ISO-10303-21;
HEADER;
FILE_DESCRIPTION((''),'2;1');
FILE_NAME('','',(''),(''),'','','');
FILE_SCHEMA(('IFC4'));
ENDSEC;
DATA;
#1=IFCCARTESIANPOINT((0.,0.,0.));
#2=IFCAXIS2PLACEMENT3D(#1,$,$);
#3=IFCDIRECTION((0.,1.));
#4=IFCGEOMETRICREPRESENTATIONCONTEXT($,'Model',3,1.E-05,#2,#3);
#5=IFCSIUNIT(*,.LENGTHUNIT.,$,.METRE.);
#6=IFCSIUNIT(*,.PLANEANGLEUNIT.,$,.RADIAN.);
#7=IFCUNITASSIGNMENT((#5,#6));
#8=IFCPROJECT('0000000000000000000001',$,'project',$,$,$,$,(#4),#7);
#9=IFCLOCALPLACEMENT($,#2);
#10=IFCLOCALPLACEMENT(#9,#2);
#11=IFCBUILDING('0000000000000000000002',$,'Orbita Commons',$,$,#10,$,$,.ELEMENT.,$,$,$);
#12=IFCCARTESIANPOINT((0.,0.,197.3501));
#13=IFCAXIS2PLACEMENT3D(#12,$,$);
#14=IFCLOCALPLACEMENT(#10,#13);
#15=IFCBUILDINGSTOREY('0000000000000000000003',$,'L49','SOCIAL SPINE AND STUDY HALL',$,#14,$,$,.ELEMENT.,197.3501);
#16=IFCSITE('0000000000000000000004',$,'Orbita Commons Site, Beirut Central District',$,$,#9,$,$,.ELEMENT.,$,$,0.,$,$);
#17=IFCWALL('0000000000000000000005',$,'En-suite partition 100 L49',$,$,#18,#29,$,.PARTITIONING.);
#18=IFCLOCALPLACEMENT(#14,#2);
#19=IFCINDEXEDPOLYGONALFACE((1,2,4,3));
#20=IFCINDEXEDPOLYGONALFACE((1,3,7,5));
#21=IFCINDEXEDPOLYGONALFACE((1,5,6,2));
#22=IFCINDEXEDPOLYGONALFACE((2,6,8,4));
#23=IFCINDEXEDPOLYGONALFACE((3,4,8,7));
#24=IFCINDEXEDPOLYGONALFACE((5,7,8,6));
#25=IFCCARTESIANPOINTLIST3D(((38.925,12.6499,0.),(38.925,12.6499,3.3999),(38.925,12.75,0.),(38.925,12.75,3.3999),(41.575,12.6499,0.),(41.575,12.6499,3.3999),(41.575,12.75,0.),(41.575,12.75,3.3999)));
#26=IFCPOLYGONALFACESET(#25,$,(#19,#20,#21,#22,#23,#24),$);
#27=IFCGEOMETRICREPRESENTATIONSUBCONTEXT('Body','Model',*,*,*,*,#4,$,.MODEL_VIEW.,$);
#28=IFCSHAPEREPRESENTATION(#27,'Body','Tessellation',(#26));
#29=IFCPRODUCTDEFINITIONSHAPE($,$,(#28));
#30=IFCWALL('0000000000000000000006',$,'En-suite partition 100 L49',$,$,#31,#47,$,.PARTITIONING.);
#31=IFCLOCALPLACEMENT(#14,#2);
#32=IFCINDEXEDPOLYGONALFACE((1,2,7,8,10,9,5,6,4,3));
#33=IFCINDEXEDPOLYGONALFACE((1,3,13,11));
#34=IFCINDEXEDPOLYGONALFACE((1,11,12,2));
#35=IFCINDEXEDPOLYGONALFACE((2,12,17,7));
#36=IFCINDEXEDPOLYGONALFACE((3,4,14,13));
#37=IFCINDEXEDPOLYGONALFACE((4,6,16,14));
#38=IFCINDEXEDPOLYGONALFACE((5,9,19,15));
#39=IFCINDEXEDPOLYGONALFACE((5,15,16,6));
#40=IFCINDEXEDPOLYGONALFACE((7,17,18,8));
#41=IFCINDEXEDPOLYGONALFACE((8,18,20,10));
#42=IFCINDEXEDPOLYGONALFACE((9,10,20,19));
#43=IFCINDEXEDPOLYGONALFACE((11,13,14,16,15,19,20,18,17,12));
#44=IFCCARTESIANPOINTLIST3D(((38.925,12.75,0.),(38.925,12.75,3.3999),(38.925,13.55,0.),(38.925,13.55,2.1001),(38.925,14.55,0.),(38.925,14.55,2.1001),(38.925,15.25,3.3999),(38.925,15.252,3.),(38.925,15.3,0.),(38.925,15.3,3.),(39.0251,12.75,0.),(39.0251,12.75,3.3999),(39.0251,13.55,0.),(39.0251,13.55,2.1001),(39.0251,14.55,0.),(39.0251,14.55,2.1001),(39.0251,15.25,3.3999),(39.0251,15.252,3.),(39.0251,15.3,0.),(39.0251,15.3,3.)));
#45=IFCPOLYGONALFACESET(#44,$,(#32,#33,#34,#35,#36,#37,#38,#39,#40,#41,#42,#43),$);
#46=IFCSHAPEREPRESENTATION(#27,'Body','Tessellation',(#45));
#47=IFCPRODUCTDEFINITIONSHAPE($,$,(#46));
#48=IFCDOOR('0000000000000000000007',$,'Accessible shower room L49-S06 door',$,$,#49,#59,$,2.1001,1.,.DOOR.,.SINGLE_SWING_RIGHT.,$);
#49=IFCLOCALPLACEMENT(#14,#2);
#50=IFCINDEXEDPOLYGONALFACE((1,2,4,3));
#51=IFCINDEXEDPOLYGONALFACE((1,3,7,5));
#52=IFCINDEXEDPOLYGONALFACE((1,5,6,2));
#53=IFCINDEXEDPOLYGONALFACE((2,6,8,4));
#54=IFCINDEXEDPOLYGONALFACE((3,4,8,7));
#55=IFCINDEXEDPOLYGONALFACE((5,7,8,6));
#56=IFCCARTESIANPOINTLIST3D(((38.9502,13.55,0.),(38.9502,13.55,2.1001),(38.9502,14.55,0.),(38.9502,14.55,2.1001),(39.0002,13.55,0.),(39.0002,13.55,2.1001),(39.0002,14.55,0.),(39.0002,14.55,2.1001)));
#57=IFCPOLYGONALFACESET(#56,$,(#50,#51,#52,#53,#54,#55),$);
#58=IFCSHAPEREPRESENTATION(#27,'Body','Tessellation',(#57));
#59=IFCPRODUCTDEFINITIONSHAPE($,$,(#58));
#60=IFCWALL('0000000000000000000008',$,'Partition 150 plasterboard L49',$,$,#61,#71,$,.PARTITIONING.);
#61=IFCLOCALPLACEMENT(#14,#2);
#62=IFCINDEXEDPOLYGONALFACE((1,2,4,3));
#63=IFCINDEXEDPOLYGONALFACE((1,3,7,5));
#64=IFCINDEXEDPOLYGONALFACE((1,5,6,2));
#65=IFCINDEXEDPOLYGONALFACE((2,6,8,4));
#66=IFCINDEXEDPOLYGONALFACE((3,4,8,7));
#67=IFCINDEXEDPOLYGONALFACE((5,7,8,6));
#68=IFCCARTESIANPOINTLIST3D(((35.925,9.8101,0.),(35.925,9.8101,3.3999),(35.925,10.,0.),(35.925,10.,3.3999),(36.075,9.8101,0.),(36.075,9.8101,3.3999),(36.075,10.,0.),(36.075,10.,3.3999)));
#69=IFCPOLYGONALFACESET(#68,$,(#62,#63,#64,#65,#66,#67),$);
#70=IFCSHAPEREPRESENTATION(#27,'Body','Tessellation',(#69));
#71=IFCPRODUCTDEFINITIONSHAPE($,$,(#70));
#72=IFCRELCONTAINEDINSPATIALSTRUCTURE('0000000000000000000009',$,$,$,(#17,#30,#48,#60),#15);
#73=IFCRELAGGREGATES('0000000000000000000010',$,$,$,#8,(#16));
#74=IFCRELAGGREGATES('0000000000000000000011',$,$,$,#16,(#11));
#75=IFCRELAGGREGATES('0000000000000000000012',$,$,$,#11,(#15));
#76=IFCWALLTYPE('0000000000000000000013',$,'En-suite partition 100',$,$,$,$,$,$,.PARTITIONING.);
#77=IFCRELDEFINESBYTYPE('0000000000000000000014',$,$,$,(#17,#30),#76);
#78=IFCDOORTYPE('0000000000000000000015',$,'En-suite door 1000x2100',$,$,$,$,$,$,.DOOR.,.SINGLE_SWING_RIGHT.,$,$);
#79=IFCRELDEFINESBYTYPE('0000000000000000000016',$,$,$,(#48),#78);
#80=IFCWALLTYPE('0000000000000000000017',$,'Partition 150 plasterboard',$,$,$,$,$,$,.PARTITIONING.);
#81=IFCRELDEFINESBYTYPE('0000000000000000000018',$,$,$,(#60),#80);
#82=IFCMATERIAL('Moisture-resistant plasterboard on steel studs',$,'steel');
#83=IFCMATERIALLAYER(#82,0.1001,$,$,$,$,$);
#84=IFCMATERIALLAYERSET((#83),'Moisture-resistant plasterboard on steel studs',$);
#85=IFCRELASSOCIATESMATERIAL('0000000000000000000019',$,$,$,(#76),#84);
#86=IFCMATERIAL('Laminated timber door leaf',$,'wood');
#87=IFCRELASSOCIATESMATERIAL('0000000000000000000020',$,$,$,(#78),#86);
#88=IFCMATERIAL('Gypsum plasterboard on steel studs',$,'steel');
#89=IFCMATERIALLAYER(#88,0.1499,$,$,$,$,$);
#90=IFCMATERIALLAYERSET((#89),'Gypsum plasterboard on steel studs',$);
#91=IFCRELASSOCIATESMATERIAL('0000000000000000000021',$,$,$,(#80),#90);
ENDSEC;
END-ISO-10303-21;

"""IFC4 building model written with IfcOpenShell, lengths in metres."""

from ifc_helpers import new_model, si_unit, direction, frame, frame_2d, origin, place, context, subcontext, project, spatial, polyline, rectangle, outline, extrude, material, layer, layer_set, type_object, element, fill, save


model = new_model("IFC4")

# Units and contexts
model_context = context("Model", 3, precision=1e-05, world=origin(), true_north=direction((0.0, 1.0)))
body_context = subcontext(model_context, "Body", "Model", "MODEL_VIEW")
ifc_project = project(units=[si_unit("LENGTHUNIT", "METRE"), si_unit("PLANEANGLEUNIT", "RADIAN")], contexts=[model_context])

# Site, building, storey
site_placement = place(None, origin())
site = spatial("IfcSite", under=ifc_project, at=site_placement, Name="Orbita Commons Site, Beirut Central District", CompositionType="ELEMENT", RefElevation=0.0)
building_placement = place(site_placement, origin())
building = spatial("IfcBuilding", under=site, at=building_placement, Name="Orbita Commons", CompositionType="ELEMENT")
storey_placement = place(building_placement, frame((0.0, 0.0, 197.3501)))
storey = spatial("IfcBuildingStorey", under=building, at=storey_placement, Name="L49", Description="SOCIAL SPINE AND STUDY HALL", CompositionType="ELEMENT", Elevation=197.3501)

# Shared definitions
ifc_material_1 = material(Name="Moisture-resistant plasterboard on steel studs", Category="steel")
ifc_layer_1 = layer(ifc_material_1, 0.1001)
ifc_layer_set_1 = layer_set([ifc_layer_1], Name="Moisture-resistant plasterboard on steel studs")
wall_type_1 = type_object("IfcWallType", Name="En-suite partition 100", PredefinedType="PARTITIONING", material=ifc_layer_set_1)

# Wall
wall_1_placement = place(storey_placement, frame((38.925, 12.7, 0.0), z_axis=(0.0, 0.0, 1.0), x_axis=(1.0, 0.0, 0.0)))
element("IfcWall", 1, at=wall_1_placement, inside=storey, type_object=wall_type_1, Name="En-suite partition 100 L49", PredefinedType="PARTITIONING", context=body_context, shape_type="SweptSolid", body=[
    extrude(rectangle(XDim=2.6499, YDim=0.1001, at=frame_2d((1.325, 0.0))), origin(), (0.0, 0.0, 1.0), 3.3999),
])

# Wall, opening, door
wall_2_placement = place(storey_placement, frame((38.9751, 12.75, 0.0), z_axis=(0.0, 0.0, 1.0), x_axis=(0.0, 1.0, 0.0)))
wall_2 = element("IfcWall", 2, at=wall_2_placement, inside=storey, type_object=wall_type_1, Name="En-suite partition 100 L49", PredefinedType="PARTITIONING", context=body_context, shape_type="SweptSolid", body=[
    extrude(outline(polyline([(0.0, 0.0), (2.55, 0.0), (2.55, 3.0), (2.502, 3.0), (2.5, 3.3999), (0.0, 3.3999), (0.0, 0.0)])), frame((0.0, 0.05, 0.0), z_axis=(0.0, -1.0, 0.0), x_axis=(1.0, 0.0, 0.0)), (0.0, 0.0, 1.0), 0.1001),
])
opening_1_placement = place(wall_2_placement, frame((0.8, 0.0, 0.0)))
opening_1 = element("IfcOpeningElement", 3, at=opening_1_placement, cuts=wall_2, PredefinedType="OPENING", context=body_context, shape_type="SweptSolid", body=[
    extrude(rectangle(XDim=1.0, YDim=2.1001, at=frame_2d((0.5, 1.05))), frame((0.0, 0.0601, 0.0), z_axis=(0.0, -1.0, 0.0), x_axis=(1.0, 0.0, 0.0)), (0.0, 0.0, 1.0), 0.1201),
])
ifc_material_2 = material(Name="Laminated timber door leaf", Category="wood")
door_type_1 = type_object("IfcDoorType", Name="En-suite door 1000x2100", OperationType="SINGLE_SWING_RIGHT", PredefinedType="DOOR", material=ifc_material_2)
door_1_placement = place(opening_1_placement, origin())
door_1 = element("IfcDoor", 4, at=door_1_placement, inside=storey, type_object=door_type_1, Name="Accessible shower room L49-S06 door", OperationType="SINGLE_SWING_RIGHT", OverallHeight=2.1001, OverallWidth=1.0, PredefinedType="DOOR", context=body_context, shape_type="SweptSolid", body=[
    extrude(rectangle(XDim=1.0, YDim=2.1001, at=frame_2d((0.5, 1.05))), frame((0.0, 0.0249, 0.0), z_axis=(0.0, -1.0, 0.0), x_axis=(1.0, 0.0, 0.0)), (0.0, 0.0, 1.0), 0.05),
])
fill(opening_1, door_1)

# Wall
ifc_material_3 = material(Name="Gypsum plasterboard on steel studs", Category="steel")
ifc_layer_2 = layer(ifc_material_3, 0.1499)
ifc_layer_set_2 = layer_set([ifc_layer_2], Name="Gypsum plasterboard on steel studs")
wall_type_2 = type_object("IfcWallType", Name="Partition 150 plasterboard", PredefinedType="PARTITIONING", material=ifc_layer_set_2)
wall_3_placement = place(storey_placement, frame((36.0, 10.0, 0.0), z_axis=(0.0, 0.0, 1.0), x_axis=(0.0, -1.0, 0.0)))
element("IfcWall", 5, at=wall_3_placement, inside=storey, type_object=wall_type_2, Name="Partition 150 plasterboard L49", PredefinedType="PARTITIONING", context=body_context, shape_type="SweptSolid", body=[
    extrude(rectangle(XDim=0.1899, YDim=0.1499, at=frame_2d((0.095, 0.0))), origin(), (0.0, 0.0, 1.0), 3.3999),
])

save(model, "model.ifc")
